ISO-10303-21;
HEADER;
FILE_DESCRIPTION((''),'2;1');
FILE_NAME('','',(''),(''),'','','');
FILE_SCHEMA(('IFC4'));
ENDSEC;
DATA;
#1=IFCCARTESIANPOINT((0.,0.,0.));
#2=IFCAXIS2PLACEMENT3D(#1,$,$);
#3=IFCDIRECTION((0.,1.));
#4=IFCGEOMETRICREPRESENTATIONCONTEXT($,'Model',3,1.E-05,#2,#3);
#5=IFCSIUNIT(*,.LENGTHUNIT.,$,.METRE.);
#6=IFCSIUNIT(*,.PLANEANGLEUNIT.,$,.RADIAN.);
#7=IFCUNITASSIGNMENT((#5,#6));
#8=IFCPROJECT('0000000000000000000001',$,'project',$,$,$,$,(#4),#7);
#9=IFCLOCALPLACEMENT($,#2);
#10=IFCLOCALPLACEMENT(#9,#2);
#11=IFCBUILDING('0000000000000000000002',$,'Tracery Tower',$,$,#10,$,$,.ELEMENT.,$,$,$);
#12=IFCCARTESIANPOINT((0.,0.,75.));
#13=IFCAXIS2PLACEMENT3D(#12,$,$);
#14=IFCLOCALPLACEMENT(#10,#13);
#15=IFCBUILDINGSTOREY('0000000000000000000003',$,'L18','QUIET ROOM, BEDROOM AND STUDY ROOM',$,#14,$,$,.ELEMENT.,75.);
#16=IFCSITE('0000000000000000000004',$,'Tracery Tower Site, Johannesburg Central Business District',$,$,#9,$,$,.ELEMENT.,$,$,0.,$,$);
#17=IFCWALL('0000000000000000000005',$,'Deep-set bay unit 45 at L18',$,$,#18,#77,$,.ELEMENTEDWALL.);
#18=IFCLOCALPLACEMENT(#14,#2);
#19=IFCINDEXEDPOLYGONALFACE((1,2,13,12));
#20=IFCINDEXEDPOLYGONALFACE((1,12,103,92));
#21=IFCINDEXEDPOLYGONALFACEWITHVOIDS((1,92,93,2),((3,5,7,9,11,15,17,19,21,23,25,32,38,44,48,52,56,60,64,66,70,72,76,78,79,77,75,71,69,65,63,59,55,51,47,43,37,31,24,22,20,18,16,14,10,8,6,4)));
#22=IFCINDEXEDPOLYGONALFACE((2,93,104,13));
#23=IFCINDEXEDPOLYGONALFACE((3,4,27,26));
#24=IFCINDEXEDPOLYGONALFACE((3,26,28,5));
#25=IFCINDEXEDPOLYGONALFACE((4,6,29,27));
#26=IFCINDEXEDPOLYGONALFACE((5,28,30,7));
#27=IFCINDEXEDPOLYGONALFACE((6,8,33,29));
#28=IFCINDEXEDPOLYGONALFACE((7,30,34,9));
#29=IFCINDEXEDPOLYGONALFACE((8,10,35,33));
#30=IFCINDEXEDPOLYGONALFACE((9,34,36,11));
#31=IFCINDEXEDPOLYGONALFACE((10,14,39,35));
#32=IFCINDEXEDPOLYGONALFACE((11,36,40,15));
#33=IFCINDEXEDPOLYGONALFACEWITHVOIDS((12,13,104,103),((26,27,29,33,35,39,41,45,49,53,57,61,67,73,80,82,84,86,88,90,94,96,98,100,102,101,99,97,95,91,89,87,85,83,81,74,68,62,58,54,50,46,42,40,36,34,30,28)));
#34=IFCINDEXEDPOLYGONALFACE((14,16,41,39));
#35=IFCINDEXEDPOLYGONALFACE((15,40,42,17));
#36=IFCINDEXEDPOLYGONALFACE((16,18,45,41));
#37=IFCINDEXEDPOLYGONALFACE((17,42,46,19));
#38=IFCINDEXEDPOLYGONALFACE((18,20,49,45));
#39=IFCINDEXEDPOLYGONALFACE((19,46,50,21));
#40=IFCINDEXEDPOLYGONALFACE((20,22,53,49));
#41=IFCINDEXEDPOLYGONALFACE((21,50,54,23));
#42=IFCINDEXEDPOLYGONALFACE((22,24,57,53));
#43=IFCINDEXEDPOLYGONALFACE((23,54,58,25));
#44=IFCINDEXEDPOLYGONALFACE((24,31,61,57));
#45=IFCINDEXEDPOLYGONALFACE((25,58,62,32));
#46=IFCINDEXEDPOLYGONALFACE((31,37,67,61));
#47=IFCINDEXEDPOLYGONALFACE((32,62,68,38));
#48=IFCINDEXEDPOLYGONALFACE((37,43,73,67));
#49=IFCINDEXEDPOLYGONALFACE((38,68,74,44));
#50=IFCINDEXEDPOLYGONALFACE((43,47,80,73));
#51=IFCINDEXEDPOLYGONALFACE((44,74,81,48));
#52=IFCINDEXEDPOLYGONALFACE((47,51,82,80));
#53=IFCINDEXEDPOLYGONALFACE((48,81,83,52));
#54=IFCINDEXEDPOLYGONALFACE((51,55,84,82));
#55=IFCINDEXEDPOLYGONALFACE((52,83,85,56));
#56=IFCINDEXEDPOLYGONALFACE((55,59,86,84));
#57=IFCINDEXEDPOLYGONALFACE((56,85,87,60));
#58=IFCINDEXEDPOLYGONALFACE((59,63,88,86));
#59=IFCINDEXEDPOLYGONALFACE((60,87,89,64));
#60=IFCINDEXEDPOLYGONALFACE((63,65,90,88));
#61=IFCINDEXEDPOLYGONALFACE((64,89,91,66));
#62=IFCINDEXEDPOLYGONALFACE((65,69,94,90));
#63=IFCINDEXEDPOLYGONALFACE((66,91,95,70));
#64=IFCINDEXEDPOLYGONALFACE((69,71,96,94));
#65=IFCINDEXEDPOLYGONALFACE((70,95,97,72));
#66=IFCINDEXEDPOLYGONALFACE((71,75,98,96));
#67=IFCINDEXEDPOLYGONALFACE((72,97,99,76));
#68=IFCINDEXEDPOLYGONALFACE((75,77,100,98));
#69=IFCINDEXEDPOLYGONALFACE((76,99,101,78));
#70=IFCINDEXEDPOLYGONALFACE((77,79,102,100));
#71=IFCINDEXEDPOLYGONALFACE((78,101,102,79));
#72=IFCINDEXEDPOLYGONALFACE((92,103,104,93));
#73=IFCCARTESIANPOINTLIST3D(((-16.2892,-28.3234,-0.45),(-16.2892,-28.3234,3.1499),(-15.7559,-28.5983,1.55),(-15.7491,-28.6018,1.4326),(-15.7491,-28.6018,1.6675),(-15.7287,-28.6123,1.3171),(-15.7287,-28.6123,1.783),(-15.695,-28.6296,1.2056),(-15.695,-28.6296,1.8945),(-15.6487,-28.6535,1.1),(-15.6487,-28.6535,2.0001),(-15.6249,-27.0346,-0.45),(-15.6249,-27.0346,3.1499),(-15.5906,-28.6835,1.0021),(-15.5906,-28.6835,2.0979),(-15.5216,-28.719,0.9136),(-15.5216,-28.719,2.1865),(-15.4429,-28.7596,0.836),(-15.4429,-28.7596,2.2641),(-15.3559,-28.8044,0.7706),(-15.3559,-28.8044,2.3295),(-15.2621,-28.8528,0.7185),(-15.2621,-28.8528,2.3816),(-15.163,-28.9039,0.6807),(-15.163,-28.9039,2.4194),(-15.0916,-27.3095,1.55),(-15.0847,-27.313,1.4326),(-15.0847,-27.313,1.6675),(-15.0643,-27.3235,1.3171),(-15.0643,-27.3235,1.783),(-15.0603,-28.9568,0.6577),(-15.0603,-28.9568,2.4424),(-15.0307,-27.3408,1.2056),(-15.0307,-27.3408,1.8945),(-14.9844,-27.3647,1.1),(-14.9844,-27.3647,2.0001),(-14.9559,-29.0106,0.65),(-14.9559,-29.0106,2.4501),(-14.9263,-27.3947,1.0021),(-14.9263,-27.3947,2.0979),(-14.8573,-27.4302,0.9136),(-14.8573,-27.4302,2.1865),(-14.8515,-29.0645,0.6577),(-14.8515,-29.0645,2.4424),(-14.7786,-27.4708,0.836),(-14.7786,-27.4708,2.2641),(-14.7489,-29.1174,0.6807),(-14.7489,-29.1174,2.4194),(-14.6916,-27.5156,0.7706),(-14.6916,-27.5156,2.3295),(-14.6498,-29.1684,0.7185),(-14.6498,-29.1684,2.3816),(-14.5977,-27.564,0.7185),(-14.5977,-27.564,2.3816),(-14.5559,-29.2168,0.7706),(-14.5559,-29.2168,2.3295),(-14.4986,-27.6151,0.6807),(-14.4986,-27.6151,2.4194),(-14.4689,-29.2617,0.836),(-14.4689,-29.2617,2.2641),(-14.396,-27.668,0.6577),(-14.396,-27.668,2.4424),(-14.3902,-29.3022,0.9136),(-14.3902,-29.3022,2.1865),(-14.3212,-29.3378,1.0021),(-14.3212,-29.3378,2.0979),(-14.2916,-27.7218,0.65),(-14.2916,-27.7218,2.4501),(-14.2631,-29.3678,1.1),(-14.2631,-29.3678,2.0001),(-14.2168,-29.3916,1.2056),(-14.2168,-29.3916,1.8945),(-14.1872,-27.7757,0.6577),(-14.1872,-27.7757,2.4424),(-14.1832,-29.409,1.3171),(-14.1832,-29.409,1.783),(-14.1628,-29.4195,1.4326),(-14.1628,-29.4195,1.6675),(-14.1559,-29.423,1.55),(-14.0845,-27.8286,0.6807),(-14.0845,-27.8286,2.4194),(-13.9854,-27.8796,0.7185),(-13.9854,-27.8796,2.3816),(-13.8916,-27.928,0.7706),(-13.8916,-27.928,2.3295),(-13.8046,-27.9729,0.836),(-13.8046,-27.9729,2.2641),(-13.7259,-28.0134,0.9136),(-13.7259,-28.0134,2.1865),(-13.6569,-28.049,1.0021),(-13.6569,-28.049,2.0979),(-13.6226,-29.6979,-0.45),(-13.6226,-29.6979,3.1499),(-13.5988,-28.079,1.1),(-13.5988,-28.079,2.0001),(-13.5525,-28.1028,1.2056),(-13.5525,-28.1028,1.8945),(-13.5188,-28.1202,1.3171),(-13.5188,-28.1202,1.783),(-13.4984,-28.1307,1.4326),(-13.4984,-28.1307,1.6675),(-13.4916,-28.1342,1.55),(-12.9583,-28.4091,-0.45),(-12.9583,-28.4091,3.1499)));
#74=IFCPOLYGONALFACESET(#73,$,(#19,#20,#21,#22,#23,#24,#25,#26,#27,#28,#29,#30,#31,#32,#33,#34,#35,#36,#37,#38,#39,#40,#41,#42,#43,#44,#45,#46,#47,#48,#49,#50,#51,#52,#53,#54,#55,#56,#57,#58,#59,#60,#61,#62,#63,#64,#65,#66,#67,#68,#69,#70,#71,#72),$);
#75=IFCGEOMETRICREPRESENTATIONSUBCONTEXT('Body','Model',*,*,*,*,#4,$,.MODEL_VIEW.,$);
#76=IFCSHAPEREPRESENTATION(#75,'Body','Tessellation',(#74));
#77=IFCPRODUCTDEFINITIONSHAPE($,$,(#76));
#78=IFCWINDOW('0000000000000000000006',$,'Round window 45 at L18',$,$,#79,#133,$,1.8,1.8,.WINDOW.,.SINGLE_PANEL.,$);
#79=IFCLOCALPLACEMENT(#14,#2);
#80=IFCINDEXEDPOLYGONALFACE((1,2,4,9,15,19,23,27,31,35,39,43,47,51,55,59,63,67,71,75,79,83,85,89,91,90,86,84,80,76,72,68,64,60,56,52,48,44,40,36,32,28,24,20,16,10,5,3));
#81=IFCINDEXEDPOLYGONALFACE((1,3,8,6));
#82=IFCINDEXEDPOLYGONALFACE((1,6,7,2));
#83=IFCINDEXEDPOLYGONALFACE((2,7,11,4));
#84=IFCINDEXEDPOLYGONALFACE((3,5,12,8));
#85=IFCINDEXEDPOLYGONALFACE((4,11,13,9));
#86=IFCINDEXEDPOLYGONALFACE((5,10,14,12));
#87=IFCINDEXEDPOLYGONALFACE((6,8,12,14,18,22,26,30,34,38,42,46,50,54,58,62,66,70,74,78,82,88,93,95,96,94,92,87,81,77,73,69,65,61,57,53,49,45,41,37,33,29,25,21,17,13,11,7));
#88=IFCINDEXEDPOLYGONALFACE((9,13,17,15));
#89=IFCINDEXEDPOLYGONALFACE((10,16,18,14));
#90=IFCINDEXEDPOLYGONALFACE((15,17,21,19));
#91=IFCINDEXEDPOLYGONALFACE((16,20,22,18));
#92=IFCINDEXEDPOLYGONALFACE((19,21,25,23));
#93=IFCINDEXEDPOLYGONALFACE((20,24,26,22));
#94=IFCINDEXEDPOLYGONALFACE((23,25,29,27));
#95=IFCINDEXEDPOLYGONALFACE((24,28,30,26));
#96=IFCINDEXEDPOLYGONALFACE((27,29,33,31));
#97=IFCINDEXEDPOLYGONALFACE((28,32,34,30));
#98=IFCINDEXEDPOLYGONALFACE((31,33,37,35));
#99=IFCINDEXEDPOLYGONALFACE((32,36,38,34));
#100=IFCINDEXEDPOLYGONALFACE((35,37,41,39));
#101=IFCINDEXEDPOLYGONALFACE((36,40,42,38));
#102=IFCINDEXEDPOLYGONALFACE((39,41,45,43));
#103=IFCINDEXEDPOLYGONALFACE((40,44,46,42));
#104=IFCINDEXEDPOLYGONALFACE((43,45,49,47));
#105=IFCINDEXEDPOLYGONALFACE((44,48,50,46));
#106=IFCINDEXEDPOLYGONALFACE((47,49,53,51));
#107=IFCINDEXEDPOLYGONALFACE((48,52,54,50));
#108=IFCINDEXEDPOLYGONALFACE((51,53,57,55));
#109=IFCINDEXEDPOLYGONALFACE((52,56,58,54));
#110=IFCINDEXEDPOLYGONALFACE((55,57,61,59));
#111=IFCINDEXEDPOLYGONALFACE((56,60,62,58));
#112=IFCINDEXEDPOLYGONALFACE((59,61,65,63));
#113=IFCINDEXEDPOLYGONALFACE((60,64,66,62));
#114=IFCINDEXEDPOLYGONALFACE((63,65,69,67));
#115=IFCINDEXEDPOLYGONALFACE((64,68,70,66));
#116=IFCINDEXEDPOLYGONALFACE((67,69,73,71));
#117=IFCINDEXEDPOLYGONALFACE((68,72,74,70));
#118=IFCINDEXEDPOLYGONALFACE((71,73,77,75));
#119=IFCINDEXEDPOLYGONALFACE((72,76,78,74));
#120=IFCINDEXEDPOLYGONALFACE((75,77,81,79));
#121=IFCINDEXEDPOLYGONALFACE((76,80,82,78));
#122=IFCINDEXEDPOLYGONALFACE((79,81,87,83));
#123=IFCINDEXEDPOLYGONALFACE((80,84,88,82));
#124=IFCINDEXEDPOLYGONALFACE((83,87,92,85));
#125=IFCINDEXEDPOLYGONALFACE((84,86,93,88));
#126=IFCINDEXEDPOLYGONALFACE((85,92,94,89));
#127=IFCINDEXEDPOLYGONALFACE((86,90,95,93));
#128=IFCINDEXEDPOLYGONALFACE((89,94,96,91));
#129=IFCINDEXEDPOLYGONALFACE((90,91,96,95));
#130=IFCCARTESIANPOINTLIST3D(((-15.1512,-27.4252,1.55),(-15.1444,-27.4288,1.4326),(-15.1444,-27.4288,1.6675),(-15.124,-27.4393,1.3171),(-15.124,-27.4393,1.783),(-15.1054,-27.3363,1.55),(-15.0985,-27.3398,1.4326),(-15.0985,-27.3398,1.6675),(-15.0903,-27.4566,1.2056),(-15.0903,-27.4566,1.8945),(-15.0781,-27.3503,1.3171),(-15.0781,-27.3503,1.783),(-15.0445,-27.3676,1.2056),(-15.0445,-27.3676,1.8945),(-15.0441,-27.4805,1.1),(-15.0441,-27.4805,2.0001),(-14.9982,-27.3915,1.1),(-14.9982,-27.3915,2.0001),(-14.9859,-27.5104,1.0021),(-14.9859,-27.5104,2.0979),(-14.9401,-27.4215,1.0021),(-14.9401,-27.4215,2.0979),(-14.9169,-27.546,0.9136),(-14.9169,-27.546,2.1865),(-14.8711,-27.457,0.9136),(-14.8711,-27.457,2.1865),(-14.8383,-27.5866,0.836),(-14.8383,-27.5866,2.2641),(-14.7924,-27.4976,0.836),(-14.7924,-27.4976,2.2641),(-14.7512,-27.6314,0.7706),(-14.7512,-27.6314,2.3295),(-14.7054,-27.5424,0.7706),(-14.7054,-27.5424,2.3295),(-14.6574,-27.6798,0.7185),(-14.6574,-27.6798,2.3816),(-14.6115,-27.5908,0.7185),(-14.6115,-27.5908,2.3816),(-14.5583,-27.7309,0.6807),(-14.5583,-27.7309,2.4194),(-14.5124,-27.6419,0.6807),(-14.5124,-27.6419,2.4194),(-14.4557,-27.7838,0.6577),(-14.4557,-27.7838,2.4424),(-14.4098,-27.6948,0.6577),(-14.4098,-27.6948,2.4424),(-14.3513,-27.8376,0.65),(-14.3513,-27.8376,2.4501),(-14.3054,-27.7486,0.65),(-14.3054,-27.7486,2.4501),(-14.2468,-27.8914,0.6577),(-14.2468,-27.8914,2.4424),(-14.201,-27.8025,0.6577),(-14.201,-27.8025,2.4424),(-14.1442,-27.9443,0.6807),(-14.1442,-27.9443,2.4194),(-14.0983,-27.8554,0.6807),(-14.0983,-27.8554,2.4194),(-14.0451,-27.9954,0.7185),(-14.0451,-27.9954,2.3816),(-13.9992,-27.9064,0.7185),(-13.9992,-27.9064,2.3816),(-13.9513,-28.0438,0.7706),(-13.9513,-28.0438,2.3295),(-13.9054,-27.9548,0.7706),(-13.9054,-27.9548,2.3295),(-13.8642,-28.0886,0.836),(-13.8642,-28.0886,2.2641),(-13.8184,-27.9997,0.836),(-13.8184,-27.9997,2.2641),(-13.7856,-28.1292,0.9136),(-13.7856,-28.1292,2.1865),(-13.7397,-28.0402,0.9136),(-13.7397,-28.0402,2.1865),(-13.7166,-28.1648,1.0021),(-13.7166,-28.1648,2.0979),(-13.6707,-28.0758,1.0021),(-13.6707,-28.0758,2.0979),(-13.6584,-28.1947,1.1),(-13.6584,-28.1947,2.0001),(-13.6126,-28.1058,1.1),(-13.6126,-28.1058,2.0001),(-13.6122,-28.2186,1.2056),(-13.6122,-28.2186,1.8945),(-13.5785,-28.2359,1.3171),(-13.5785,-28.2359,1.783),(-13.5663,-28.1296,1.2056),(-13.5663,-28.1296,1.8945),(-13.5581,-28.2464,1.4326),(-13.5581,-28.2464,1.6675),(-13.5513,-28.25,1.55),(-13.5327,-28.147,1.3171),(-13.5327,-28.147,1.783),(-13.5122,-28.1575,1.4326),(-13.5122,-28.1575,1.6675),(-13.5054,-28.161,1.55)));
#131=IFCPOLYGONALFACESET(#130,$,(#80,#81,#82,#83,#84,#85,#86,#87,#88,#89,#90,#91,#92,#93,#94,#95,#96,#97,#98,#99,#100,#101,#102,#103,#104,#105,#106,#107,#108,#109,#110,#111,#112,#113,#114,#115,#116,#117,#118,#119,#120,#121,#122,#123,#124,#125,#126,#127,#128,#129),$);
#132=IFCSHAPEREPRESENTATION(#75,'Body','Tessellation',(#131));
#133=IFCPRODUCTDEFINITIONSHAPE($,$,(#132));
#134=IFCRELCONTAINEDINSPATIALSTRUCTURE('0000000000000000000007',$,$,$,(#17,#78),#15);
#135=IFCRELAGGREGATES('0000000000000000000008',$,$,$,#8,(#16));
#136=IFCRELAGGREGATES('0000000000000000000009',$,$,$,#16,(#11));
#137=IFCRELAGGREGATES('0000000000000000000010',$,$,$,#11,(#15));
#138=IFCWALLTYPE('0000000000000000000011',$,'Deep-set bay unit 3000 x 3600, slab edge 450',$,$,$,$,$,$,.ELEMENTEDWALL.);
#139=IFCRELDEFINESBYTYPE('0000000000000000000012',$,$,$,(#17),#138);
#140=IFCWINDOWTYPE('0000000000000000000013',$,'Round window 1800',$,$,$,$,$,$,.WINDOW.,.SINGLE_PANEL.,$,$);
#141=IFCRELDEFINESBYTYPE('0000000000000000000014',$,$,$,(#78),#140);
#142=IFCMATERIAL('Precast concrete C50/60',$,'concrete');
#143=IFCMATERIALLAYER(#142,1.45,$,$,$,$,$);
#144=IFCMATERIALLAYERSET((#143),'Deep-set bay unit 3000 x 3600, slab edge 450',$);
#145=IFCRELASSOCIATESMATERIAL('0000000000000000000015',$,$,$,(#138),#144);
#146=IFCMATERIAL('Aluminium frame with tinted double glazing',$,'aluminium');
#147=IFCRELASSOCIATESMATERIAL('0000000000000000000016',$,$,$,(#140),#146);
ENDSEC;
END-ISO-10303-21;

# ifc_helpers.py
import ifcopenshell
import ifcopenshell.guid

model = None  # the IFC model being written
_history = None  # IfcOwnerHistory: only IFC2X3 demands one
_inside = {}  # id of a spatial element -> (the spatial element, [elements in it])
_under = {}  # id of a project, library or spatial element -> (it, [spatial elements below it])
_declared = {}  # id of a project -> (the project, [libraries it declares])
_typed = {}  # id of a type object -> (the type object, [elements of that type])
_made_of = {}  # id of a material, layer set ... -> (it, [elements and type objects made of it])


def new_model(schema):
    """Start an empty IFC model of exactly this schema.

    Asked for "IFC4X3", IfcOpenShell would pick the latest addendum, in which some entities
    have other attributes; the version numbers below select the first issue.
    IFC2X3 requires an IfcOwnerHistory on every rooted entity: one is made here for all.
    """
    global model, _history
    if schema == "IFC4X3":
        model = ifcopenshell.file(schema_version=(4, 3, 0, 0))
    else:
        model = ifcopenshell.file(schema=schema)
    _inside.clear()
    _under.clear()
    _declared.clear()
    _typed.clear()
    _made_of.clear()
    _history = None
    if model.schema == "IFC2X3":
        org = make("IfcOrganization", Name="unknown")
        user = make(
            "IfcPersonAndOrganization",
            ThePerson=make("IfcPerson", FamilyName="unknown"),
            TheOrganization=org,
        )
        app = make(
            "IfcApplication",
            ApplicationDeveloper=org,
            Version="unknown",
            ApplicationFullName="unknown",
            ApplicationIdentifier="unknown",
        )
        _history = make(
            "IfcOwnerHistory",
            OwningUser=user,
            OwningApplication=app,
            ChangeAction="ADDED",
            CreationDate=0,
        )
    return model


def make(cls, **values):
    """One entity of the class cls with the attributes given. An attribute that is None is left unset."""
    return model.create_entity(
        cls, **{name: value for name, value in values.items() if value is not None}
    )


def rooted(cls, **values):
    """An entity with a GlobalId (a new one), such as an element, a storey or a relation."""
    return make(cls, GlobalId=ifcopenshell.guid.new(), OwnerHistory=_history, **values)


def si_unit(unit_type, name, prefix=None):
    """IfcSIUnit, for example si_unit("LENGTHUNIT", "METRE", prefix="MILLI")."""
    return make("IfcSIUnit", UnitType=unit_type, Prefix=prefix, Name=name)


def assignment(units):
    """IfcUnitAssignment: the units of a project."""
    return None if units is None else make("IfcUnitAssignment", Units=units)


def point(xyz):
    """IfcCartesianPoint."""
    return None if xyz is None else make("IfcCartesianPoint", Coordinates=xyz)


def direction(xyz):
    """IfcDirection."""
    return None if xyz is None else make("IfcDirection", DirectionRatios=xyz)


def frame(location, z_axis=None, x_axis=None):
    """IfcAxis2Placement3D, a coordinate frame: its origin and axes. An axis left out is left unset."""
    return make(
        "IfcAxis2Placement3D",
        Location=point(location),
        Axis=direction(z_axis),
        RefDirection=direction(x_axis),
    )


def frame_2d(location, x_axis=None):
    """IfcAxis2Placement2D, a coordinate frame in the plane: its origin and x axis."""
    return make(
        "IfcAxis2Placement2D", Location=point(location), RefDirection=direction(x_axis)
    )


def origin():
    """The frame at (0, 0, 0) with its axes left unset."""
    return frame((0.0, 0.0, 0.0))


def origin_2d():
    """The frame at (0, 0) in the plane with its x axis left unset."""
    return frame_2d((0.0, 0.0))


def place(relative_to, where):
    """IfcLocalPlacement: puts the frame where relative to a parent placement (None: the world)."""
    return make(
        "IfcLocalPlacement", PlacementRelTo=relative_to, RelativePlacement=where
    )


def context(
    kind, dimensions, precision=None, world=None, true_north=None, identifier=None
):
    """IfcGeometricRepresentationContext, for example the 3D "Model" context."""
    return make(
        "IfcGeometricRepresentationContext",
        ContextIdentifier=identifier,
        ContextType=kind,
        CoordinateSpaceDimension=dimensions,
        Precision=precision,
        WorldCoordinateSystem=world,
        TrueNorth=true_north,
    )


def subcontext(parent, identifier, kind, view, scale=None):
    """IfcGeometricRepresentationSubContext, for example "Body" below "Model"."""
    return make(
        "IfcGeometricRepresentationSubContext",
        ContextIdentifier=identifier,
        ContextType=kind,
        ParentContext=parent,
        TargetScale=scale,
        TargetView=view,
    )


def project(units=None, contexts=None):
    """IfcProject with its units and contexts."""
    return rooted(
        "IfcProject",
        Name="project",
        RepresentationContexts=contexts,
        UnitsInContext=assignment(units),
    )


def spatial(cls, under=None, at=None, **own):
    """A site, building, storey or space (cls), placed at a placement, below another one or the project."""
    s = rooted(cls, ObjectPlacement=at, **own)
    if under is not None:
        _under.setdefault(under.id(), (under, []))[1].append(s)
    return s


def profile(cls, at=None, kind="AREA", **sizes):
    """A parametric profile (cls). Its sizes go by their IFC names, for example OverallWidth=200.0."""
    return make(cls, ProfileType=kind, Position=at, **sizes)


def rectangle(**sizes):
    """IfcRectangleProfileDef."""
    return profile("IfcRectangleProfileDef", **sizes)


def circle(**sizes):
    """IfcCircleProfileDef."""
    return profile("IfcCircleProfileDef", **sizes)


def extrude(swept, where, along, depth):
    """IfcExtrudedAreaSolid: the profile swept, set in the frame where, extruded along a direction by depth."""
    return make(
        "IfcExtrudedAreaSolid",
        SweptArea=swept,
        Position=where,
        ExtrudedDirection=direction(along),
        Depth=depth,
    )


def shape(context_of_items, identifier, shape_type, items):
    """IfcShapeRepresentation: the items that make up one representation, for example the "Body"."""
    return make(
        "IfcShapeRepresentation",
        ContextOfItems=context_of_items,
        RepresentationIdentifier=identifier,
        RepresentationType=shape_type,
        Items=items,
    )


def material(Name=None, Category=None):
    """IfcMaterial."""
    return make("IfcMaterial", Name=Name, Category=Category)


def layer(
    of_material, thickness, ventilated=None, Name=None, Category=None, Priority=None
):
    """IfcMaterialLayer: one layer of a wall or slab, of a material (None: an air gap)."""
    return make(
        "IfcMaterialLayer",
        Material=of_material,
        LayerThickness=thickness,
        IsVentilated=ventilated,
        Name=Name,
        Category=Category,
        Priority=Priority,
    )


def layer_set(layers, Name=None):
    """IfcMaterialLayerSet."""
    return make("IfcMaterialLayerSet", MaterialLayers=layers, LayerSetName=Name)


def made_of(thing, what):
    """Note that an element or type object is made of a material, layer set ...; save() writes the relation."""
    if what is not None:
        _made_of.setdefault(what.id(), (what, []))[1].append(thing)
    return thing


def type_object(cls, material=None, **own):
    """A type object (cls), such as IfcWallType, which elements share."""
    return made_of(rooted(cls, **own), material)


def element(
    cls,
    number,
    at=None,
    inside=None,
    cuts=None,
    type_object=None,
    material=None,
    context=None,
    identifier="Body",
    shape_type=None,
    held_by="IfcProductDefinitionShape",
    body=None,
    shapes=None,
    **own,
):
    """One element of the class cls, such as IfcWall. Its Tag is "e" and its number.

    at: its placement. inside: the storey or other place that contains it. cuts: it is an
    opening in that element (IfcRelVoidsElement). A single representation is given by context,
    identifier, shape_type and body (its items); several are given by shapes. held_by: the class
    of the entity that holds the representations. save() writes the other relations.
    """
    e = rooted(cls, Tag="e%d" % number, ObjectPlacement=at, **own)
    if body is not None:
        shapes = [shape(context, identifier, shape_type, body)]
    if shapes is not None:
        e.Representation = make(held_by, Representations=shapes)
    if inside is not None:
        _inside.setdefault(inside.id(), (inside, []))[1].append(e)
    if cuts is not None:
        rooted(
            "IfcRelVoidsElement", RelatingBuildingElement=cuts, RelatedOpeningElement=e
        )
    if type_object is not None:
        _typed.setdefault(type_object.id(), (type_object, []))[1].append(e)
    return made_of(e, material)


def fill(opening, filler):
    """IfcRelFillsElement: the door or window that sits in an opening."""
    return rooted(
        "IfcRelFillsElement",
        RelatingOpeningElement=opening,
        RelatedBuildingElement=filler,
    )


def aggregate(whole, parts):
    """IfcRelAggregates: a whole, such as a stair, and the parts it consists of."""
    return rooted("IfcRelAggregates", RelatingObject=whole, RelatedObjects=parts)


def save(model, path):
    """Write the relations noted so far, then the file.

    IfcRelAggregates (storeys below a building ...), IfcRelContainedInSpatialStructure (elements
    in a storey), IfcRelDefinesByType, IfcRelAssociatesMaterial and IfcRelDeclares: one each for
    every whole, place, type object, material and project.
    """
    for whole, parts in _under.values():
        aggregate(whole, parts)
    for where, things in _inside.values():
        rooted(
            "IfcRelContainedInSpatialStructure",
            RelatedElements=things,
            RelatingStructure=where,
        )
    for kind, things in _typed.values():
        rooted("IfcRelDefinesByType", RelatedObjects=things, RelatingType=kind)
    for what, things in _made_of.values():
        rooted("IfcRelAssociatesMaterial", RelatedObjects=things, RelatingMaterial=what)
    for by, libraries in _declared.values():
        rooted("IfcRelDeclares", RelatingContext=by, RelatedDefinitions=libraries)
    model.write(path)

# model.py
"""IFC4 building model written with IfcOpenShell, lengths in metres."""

from ifc_helpers import new_model, si_unit, direction, frame, frame_2d, origin, origin_2d, place, context, subcontext, project, spatial, rectangle, circle, extrude, material, layer, layer_set, type_object, element, fill, save


model = new_model("IFC4")

# Units and contexts
model_context = context("Model", 3, precision=1e-05, world=origin(), true_north=direction((0.0, 1.0)))
body_context = subcontext(model_context, "Body", "Model", "MODEL_VIEW")
ifc_project = project(units=[si_unit("LENGTHUNIT", "METRE"), si_unit("PLANEANGLEUNIT", "RADIAN")], contexts=[model_context])

# Site, building, storey
site_placement = place(None, origin())
site = spatial("IfcSite", under=ifc_project, at=site_placement, Name="Tracery Tower Site, Johannesburg Central Business District", CompositionType="ELEMENT", RefElevation=0.0)
building_placement = place(site_placement, origin())
building = spatial("IfcBuilding", under=site, at=building_placement, Name="Tracery Tower", CompositionType="ELEMENT")
storey_placement = place(building_placement, frame((0.0, 0.0, 75.0)))
storey = spatial("IfcBuildingStorey", under=building, at=storey_placement, Name="L18", Description="QUIET ROOM, BEDROOM AND STUDY ROOM", CompositionType="ELEMENT", Elevation=75.0)

# Wall, opening, window
ifc_material_1 = material(Name="Precast concrete C50/60", Category="concrete")
ifc_layer_1 = layer(ifc_material_1, 1.45)
ifc_layer_set_1 = layer_set([ifc_layer_1], Name="Deep-set bay unit 3000 x 3600, slab edge 450")
wall_type_1 = type_object("IfcWallType", Name="Deep-set bay unit 3000 x 3600, slab edge 450", PredefinedType="ELEMENTEDWALL", material=ifc_layer_set_1)
ifc_material_2 = material(Name="Aluminium frame with tinted double glazing", Category="aluminium")
window_type = type_object("IfcWindowType", Name="Round window 1800", PartitioningType="SINGLE_PANEL", PredefinedType="WINDOW", material=ifc_material_2)
wall_1_placement = place(storey_placement, frame((-15.957, -27.679, -0.45), z_axis=(0.0, 0.0, 1.0), x_axis=(0.888858, -0.458183, 0.0)))
wall_1 = element("IfcWall", 1, at=wall_1_placement, inside=storey, type_object=wall_type_1, Name="Deep-set bay unit 45 at L18", PredefinedType="ELEMENTEDWALL", context=body_context, shape_type="SweptSolid", body=[
    extrude(rectangle(XDim=3.0, YDim=1.45, at=frame_2d((1.5, 0.0))), origin(), (0.0, 0.0, 1.0), 3.5999),
])
opening_1_placement = place(wall_1_placement, frame((1.5, 0.0, 2.0)))
opening_1 = element("IfcOpeningElement", 2, at=opening_1_placement, cuts=wall_1, PredefinedType="OPENING", context=body_context, shape_type="SweptSolid", body=[
    extrude(circle(Radius=0.9, at=origin_2d()), frame((0.0, 0.7349, 0.0), z_axis=(0.0, -1.0, 0.0), x_axis=(1.0, 0.0, 0.0)), (0.0, 0.0, 1.0), 1.47),
])
window_1_placement = place(opening_1_placement, origin())
window_1 = element("IfcWindow", 3, at=window_1_placement, inside=storey, type_object=window_type, Name="Round window 45 at L18", OverallHeight=1.8, OverallWidth=1.8, PartitioningType="SINGLE_PANEL", PredefinedType="WINDOW", context=body_context, shape_type="SweptSolid", body=[
    extrude(circle(Radius=0.9, at=origin_2d()), frame((0.0, 0.6948, 0.0), z_axis=(0.0, -1.0, 0.0), x_axis=(1.0, 0.0, 0.0)), (0.0, 0.0, 1.0), 0.1001),
])
fill(opening_1, window_1)

save(model, "model.ifc")
